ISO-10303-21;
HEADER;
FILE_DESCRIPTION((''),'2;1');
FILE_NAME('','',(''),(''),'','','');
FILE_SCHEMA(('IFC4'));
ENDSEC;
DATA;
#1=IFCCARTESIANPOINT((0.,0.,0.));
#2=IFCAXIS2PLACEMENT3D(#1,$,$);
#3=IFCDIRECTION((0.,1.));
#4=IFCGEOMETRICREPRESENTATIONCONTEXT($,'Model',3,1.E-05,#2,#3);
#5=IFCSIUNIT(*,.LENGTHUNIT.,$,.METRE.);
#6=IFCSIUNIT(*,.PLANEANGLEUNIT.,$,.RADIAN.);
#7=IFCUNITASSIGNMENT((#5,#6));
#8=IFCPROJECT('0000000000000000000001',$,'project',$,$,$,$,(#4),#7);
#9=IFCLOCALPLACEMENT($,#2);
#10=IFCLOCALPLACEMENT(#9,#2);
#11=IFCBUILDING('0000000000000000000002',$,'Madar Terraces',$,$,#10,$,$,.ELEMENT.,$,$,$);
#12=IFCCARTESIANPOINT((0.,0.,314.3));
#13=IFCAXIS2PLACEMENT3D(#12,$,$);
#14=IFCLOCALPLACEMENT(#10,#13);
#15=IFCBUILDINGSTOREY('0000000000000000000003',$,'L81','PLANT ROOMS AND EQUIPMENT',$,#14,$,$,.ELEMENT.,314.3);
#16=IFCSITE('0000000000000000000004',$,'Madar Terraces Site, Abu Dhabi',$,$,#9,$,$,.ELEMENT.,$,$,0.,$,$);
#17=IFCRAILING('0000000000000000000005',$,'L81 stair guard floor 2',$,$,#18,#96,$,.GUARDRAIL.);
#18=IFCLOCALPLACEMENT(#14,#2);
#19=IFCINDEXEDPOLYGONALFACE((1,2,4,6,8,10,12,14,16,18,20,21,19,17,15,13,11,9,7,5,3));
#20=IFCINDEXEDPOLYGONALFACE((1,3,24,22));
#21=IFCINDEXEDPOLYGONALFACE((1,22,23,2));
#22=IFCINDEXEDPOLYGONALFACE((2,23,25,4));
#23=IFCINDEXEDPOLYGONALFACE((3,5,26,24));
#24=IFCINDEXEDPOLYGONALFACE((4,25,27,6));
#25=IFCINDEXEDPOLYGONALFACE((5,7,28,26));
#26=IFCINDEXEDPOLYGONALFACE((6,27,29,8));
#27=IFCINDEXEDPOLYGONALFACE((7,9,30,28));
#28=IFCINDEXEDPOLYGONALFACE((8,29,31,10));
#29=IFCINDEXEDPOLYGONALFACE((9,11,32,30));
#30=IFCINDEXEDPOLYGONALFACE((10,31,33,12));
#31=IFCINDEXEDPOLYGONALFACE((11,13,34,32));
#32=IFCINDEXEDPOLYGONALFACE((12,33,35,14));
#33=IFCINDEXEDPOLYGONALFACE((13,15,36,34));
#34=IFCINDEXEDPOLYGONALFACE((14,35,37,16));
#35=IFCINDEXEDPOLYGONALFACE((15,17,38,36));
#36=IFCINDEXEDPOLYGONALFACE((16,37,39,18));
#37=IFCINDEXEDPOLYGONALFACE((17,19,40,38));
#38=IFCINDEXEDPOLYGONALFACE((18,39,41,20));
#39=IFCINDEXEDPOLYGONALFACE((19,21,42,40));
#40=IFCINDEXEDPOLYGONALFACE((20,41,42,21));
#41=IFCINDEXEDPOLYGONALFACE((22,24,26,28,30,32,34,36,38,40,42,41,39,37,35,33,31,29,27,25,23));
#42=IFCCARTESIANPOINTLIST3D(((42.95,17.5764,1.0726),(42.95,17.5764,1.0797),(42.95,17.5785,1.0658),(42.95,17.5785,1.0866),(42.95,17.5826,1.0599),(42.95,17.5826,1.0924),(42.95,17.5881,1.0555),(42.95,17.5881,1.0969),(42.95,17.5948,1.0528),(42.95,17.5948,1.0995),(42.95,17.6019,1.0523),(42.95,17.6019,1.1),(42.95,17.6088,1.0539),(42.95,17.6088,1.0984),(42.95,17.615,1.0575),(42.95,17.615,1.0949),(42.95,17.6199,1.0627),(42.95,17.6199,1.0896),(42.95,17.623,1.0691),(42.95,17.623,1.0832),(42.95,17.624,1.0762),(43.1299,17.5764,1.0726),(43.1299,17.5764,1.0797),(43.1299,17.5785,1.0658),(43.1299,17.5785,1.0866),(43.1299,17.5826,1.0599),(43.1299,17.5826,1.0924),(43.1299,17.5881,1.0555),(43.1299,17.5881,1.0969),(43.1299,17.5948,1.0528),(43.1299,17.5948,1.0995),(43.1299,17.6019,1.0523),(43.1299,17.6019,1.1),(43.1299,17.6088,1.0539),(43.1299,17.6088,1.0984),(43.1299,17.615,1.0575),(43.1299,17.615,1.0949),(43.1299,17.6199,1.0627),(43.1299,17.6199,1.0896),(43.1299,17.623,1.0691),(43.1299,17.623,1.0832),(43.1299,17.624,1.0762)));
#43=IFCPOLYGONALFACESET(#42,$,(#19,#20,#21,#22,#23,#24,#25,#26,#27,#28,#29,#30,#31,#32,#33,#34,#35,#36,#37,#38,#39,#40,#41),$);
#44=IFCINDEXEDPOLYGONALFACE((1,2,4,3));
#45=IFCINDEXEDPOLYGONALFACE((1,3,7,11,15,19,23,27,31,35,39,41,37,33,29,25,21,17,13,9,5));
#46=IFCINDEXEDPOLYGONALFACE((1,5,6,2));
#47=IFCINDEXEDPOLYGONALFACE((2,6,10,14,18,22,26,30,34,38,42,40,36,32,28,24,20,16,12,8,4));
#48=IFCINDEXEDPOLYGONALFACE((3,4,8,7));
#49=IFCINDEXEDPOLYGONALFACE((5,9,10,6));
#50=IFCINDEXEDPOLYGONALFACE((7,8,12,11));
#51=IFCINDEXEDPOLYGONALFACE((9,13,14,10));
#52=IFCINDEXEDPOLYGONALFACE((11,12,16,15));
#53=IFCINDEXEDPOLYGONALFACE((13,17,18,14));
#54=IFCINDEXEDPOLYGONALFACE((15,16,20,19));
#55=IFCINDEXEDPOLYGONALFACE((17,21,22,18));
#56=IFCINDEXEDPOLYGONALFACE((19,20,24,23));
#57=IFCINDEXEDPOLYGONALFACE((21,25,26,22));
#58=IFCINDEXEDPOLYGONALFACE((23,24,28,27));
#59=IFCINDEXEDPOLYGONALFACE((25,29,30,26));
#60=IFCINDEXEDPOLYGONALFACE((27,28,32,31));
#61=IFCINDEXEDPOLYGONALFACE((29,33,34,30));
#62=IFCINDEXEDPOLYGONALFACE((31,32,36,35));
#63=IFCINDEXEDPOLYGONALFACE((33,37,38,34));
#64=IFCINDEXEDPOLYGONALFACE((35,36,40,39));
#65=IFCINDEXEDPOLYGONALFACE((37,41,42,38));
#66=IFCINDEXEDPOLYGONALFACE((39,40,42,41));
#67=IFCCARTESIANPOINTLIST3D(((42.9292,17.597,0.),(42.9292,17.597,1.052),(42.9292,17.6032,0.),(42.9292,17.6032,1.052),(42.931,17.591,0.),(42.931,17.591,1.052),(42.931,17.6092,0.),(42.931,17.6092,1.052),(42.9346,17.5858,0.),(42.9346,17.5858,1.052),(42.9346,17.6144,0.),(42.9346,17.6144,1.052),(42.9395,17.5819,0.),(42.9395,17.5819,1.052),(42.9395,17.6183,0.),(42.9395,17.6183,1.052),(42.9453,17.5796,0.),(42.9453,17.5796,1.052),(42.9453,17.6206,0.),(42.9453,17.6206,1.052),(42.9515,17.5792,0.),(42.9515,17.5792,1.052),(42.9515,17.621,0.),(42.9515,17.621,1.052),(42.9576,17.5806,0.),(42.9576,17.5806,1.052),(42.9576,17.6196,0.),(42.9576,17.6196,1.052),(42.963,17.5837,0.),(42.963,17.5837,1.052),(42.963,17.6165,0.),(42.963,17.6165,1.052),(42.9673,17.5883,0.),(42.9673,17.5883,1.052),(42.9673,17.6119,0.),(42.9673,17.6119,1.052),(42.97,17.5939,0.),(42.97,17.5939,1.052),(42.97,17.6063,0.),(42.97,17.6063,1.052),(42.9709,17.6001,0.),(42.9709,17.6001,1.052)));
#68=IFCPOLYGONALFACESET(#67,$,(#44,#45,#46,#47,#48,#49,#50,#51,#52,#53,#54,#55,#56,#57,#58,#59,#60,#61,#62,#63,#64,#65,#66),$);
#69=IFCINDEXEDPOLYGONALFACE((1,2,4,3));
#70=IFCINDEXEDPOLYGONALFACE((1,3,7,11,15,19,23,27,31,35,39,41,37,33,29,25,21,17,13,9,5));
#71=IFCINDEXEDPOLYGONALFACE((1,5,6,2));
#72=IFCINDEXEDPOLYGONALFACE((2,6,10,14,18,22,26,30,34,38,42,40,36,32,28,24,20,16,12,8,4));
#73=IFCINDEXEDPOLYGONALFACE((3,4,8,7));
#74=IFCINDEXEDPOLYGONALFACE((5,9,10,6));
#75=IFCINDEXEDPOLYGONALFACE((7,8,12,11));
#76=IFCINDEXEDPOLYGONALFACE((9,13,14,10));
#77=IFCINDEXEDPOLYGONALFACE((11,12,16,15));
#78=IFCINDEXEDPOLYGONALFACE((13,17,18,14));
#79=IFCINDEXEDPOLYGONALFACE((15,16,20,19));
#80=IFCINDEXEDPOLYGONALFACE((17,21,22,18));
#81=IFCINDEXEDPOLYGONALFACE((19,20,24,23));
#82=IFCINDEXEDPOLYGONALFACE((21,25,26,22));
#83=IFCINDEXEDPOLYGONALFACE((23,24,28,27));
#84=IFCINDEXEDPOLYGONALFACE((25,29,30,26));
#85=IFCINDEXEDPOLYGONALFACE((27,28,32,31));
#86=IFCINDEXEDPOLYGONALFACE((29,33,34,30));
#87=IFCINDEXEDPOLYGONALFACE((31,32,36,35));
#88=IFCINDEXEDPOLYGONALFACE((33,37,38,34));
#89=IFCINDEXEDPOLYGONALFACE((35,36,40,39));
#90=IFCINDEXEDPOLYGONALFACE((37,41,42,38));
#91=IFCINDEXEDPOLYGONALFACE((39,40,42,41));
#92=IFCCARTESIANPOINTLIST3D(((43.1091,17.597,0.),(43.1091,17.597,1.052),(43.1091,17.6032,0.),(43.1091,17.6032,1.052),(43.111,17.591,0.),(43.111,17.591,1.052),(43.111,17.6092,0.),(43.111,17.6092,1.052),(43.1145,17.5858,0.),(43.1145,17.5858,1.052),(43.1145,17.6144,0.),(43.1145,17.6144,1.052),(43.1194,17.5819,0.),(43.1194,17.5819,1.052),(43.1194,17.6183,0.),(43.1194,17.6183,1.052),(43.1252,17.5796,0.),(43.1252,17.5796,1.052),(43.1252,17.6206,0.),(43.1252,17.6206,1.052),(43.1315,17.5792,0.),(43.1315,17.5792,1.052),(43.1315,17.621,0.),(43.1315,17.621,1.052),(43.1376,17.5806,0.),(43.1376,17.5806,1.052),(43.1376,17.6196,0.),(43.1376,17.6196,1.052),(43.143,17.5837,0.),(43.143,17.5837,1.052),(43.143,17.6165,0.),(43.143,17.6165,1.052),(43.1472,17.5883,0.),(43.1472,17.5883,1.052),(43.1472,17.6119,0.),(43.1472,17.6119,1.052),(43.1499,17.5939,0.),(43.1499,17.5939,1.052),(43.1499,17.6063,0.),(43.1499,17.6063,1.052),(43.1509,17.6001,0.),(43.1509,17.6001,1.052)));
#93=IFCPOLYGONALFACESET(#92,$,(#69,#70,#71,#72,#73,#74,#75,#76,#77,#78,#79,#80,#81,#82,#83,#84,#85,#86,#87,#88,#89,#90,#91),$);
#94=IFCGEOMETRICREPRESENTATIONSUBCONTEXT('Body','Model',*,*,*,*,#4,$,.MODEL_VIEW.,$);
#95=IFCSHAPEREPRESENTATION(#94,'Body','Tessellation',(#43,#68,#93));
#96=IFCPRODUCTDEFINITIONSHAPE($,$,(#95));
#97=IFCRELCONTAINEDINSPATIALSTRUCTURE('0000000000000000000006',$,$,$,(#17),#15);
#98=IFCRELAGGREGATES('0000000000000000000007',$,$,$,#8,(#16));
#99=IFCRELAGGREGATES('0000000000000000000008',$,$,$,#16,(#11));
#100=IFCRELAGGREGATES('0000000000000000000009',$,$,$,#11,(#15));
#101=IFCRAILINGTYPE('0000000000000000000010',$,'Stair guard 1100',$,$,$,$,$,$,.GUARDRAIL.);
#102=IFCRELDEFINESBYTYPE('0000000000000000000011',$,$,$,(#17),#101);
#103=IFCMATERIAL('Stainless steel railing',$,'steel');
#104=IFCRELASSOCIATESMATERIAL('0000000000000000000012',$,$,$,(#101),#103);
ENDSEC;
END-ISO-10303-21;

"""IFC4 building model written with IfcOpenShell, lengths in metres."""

from ifc_helpers import new_model, si_unit, direction, frame, origin, origin_2d, place, context, subcontext, project, spatial, circle, extrude, material, type_object, element, save


model = new_model("IFC4")

# Units and contexts
model_context = context("Model", 3, precision=1e-05, world=origin(), true_north=direction((0.0, 1.0)))
body_context = subcontext(model_context, "Body", "Model", "MODEL_VIEW")
ifc_project = project(units=[si_unit("LENGTHUNIT", "METRE"), si_unit("PLANEANGLEUNIT", "RADIAN")], contexts=[model_context])

# Site, building, storey
site_placement = place(None, origin())
site = spatial("IfcSite", under=ifc_project, at=site_placement, Name="Madar Terraces Site, Abu Dhabi", CompositionType="ELEMENT", RefElevation=0.0)
building_placement = place(site_placement, origin())
building = spatial("IfcBuilding", under=site, at=building_placement, Name="Madar Terraces", CompositionType="ELEMENT")
storey_placement = place(building_placement, frame((0.0, 0.0, 314.3)))
storey = spatial("IfcBuildingStorey", under=building, at=storey_placement, Name="L81", Description="PLANT ROOMS AND EQUIPMENT", CompositionType="ELEMENT", Elevation=314.3)

# Railing
ifc_material_1 = material(Name="Stainless steel railing", Category="steel")
railing_type_1 = type_object("IfcRailingType", Name="Stair guard 1100", PredefinedType="GUARDRAIL", material=ifc_material_1)
for number, where, name in (
    (1, (42.95, 17.6001, 0.0), "L81 stair guard floor 2"),
):
    element("IfcRailing", number, at=place(storey_placement, frame(where)), inside=storey, type_object=railing_type_1, Name=name, PredefinedType="GUARDRAIL", context=body_context, shape_type="SweptSolid", body=[
        extrude(circle(Radius=0.0239, at=origin_2d()), frame((0.0, 0.0, 1.0762), z_axis=(1.0, 0.0, 0.0), x_axis=(0.0, 1.0, 0.0)), (0.0, 0.0, 1.0), 0.1799),
        extrude(circle(Radius=0.021, at=origin_2d()), origin(), (0.0, 0.0, 1.0), 1.052),
        extrude(circle(Radius=0.021, at=origin_2d()), frame((0.1799, 0.0, 0.0)), (0.0, 0.0, 1.0), 1.052),
    ])

save(model, "model.ifc")
